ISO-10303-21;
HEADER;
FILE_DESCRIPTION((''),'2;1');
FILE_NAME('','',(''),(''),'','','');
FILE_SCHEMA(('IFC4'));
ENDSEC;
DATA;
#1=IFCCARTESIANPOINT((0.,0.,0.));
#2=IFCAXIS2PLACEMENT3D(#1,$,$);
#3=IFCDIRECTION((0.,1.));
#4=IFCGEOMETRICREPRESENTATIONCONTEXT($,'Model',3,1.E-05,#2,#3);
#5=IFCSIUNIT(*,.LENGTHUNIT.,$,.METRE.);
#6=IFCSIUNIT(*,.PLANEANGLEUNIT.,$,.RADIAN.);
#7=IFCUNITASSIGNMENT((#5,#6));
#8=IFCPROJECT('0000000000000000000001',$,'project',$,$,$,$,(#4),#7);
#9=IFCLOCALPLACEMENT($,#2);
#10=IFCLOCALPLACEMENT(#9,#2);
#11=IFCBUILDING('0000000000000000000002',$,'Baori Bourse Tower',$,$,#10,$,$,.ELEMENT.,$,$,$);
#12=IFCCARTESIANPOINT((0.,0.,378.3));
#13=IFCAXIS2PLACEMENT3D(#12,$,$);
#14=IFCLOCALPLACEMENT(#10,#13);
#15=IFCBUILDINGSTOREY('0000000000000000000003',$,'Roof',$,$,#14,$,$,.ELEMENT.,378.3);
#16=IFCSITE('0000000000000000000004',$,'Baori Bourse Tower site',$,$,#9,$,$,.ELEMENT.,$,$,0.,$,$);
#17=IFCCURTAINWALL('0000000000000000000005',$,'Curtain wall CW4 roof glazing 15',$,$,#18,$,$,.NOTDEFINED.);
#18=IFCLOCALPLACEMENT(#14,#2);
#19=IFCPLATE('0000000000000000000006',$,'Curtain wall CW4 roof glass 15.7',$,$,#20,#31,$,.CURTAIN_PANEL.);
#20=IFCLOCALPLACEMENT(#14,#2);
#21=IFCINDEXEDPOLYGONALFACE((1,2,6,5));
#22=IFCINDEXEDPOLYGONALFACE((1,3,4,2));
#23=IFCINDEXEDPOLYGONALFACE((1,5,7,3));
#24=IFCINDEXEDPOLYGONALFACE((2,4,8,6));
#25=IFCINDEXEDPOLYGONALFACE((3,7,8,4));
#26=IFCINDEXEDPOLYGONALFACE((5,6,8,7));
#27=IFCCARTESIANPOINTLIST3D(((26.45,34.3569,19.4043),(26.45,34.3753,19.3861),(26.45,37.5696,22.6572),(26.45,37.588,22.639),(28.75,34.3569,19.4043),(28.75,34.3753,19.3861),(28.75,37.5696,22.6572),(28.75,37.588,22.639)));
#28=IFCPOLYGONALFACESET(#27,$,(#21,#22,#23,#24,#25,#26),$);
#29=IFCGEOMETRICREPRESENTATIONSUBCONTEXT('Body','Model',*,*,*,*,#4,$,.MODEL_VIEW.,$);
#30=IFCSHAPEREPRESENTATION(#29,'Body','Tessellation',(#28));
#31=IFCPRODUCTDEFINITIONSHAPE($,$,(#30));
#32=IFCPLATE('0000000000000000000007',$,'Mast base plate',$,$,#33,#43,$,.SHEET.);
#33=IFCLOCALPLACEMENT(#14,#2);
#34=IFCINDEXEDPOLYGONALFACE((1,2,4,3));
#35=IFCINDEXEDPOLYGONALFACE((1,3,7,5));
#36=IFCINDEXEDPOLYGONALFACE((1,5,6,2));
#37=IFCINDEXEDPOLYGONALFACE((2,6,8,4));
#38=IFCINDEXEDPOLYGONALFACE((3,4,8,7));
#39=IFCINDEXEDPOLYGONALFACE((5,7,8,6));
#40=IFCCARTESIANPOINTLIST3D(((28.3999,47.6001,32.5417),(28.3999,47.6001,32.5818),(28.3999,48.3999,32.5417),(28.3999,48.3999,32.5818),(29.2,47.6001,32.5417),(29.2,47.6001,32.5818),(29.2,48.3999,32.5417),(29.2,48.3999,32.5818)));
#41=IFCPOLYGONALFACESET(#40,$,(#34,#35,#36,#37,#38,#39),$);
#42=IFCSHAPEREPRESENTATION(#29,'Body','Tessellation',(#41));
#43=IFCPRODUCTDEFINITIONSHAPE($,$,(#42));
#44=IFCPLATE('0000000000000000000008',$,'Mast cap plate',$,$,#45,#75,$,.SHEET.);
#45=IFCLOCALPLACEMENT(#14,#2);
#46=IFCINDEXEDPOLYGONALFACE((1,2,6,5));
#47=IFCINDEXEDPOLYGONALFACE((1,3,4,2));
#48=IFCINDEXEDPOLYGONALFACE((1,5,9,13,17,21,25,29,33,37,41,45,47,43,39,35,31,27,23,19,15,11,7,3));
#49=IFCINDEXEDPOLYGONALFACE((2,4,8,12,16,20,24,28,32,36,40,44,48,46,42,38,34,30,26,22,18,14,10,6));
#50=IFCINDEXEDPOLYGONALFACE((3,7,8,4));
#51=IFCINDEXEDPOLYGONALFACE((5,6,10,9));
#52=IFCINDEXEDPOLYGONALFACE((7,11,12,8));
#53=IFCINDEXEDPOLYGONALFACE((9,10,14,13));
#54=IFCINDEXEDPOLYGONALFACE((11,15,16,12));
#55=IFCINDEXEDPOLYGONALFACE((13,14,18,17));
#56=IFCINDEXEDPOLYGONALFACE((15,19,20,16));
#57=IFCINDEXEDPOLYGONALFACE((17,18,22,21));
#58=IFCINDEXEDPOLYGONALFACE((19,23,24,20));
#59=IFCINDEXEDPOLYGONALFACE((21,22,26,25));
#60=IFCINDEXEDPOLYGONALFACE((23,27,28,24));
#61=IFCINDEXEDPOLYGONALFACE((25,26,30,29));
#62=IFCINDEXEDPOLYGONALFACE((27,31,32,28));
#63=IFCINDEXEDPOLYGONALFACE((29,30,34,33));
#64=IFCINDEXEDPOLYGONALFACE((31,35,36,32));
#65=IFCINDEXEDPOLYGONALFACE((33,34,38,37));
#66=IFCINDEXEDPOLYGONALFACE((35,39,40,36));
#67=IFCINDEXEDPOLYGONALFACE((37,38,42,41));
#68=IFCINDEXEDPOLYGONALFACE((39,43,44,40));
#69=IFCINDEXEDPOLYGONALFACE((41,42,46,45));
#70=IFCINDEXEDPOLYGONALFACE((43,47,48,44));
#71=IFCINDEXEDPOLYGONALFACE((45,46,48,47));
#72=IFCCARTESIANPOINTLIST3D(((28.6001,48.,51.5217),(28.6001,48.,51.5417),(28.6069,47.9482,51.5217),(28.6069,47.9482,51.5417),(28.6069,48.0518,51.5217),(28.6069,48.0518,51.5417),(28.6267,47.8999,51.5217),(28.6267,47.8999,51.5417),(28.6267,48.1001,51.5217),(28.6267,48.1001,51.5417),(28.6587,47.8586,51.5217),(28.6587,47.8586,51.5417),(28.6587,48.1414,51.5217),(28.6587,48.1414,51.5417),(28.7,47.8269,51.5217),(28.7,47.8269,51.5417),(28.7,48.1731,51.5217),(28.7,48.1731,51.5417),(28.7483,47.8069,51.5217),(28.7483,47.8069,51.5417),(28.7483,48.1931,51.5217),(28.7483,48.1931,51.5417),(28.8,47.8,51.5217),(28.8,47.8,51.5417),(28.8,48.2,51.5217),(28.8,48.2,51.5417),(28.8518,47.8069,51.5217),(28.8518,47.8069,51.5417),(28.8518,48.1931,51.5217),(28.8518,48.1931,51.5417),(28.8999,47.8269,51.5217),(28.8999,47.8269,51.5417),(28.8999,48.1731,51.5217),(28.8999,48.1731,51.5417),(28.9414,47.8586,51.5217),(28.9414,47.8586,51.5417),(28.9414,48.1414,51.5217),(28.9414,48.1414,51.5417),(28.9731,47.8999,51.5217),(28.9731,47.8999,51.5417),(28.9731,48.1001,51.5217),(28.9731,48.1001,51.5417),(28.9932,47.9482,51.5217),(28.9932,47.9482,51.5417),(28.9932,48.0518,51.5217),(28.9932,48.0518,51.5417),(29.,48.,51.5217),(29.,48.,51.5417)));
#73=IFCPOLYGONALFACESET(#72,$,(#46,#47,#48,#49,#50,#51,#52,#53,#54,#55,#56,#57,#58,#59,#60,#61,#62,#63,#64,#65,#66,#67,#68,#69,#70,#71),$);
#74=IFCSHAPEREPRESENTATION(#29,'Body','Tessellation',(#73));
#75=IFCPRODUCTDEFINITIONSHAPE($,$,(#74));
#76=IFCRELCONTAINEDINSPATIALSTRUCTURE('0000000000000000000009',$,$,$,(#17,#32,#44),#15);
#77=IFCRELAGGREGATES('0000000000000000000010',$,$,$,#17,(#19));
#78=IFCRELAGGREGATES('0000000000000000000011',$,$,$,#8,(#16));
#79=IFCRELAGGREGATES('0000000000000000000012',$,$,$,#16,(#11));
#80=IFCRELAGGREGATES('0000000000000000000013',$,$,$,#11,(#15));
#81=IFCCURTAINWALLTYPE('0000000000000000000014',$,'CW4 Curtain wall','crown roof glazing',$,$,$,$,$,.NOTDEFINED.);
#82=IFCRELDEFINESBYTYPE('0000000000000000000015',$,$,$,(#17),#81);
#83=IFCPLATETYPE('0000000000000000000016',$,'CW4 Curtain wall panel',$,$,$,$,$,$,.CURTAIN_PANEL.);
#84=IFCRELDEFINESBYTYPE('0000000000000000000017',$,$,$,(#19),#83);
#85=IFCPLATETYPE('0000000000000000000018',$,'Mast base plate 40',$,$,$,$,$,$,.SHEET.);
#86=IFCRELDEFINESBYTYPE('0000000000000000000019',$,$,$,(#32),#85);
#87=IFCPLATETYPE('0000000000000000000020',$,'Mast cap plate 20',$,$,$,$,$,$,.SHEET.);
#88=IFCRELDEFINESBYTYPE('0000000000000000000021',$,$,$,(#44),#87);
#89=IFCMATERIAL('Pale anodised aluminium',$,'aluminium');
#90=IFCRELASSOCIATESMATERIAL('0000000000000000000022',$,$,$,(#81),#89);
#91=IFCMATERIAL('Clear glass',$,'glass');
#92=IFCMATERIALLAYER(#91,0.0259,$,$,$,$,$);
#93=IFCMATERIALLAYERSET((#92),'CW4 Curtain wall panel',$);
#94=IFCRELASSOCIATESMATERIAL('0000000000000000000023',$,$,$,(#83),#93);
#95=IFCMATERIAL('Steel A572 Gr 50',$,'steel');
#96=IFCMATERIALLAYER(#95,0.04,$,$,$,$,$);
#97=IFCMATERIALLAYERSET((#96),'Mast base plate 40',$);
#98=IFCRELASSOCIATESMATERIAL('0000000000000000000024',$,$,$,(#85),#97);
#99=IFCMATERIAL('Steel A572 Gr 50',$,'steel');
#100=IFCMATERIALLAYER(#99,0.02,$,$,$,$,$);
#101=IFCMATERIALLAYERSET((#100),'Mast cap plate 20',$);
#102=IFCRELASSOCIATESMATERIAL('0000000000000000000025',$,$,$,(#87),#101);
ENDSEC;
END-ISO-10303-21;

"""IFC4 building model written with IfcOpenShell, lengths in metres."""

from ifc_helpers import new_model, si_unit, direction, frame, origin, place, context, subcontext, project, spatial, polyline, outline, extrude, material, layer, layer_set, type_object, element, aggregate, save


model = new_model("IFC4")

# Units and contexts
model_context = context("Model", 3, precision=1e-05, world=origin(), true_north=direction((0.0, 1.0)))
body_context = subcontext(model_context, "Body", "Model", "MODEL_VIEW")
ifc_project = project(units=[si_unit("LENGTHUNIT", "METRE"), si_unit("PLANEANGLEUNIT", "RADIAN")], contexts=[model_context])

# Site, building, storey
site_placement = place(None, origin())
site = spatial("IfcSite", under=ifc_project, at=site_placement, Name="Baori Bourse Tower site", CompositionType="ELEMENT", RefElevation=0.0)
building_placement = place(site_placement, origin())
building = spatial("IfcBuilding", under=site, at=building_placement, Name="Baori Bourse Tower", CompositionType="ELEMENT")
storey_placement = place(building_placement, frame((0.0, 0.0, 378.3)))
storey = spatial("IfcBuildingStorey", under=building, at=storey_placement, Name="Roof", CompositionType="ELEMENT", Elevation=378.3)

# Shared definitions
ifc_material_1 = material(Name="Pale anodised aluminium", Category="aluminium")
curtain_wall_type = type_object("IfcCurtainWallType", Name="CW4 Curtain wall", Description="crown roof glazing", PredefinedType="NOTDEFINED", material=ifc_material_1)

# Curtain wall
curtain_wall_1_placement = place(storey_placement, origin())
curtain_wall_1 = element("IfcCurtainWall", 1, at=curtain_wall_1_placement, inside=storey, type_object=curtain_wall_type, Name="Curtain wall CW4 roof glazing 15", PredefinedType="NOTDEFINED")

# Plate
ifc_material_2 = material(Name="Clear glass", Category="glass")
ifc_layer_1 = layer(ifc_material_2, 0.0259)
ifc_layer_set_1 = layer_set([ifc_layer_1], Name="CW4 Curtain wall panel")
plate_type_1 = type_object("IfcPlateType", Name="CW4 Curtain wall panel", PredefinedType="CURTAIN_PANEL", material=ifc_layer_set_1)
plate_1_placement = place(storey_placement, frame((26.45, 34.3569, 19.4043), z_axis=(0.0, -0.711499, 0.702688), x_axis=(1.0, 0.0, 0.0)))
plate_1 = element("IfcPlate", 2, at=plate_1_placement, type_object=plate_type_1, Name="Curtain wall CW4 roof glass 15.7", PredefinedType="CURTAIN_PANEL", context=body_context, shape_type="SweptSolid", body=[
    extrude(outline(polyline([(0.0, 0.0), (2.3, 0.0), (2.3, 4.5719), (0.0, 4.5719), (0.0, 0.0)])), origin(), (0.0, 0.0, -1.0), 0.0259),
])
aggregate(curtain_wall_1, [plate_1])

# Plates
ifc_material_3 = material(Name="Steel A572 Gr 50", Category="steel")
ifc_layer_2 = layer(ifc_material_3, 0.04)
ifc_layer_set_2 = layer_set([ifc_layer_2], Name="Mast base plate 40")
plate_type_2 = type_object("IfcPlateType", Name="Mast base plate 40", PredefinedType="SHEET", material=ifc_layer_set_2)
plate_2_placement = place(storey_placement, frame((0.0, 0.0, 32.5417)))
element("IfcPlate", 3, at=plate_2_placement, inside=storey, type_object=plate_type_2, Name="Mast base plate", PredefinedType="SHEET", context=body_context, shape_type="SweptSolid", body=[
    extrude(outline(polyline([(28.3999, 47.6001), (29.2, 47.6001), (29.2, 48.3999), (28.3999, 48.3999), (28.3999, 47.6001)])), origin(), (0.0, 0.0, 1.0), 0.04),
])
ifc_material_4 = material(Name="Steel A572 Gr 50", Category="steel")
ifc_layer_3 = layer(ifc_material_4, 0.02)
ifc_layer_set_3 = layer_set([ifc_layer_3], Name="Mast cap plate 20")
plate_type_3 = type_object("IfcPlateType", Name="Mast cap plate 20", PredefinedType="SHEET", material=ifc_layer_set_3)
plate_3_placement = place(storey_placement, frame((0.0, 0.0, 51.5217)))
element("IfcPlate", 4, at=plate_3_placement, inside=storey, type_object=plate_type_3, Name="Mast cap plate", PredefinedType="SHEET", context=body_context, shape_type="SweptSolid", body=[
    extrude(outline(polyline([(29.0, 48.0), (28.9932, 48.0518), (28.9731, 48.1001), (28.9414, 48.1414), (28.8999, 48.1731), (28.8518, 48.1931), (28.8, 48.2), (28.7483, 48.1931), (28.7, 48.1731), (28.6587, 48.1414), (28.6267, 48.1001), (28.6069, 48.0518), (28.6001, 48.0), (28.6069, 47.9482), (28.6267, 47.8999), (28.6587, 47.8586), (28.7, 47.8269), (28.7483, 47.8069), (28.8, 47.8), (28.8518, 47.8069), (28.8999, 47.8269), (28.9414, 47.8586), (28.9731, 47.8999), (28.9932, 47.9482), (29.0, 48.0)])), origin(), (0.0, 0.0, 1.0), 0.02),
])

save(model, "model.ifc")
